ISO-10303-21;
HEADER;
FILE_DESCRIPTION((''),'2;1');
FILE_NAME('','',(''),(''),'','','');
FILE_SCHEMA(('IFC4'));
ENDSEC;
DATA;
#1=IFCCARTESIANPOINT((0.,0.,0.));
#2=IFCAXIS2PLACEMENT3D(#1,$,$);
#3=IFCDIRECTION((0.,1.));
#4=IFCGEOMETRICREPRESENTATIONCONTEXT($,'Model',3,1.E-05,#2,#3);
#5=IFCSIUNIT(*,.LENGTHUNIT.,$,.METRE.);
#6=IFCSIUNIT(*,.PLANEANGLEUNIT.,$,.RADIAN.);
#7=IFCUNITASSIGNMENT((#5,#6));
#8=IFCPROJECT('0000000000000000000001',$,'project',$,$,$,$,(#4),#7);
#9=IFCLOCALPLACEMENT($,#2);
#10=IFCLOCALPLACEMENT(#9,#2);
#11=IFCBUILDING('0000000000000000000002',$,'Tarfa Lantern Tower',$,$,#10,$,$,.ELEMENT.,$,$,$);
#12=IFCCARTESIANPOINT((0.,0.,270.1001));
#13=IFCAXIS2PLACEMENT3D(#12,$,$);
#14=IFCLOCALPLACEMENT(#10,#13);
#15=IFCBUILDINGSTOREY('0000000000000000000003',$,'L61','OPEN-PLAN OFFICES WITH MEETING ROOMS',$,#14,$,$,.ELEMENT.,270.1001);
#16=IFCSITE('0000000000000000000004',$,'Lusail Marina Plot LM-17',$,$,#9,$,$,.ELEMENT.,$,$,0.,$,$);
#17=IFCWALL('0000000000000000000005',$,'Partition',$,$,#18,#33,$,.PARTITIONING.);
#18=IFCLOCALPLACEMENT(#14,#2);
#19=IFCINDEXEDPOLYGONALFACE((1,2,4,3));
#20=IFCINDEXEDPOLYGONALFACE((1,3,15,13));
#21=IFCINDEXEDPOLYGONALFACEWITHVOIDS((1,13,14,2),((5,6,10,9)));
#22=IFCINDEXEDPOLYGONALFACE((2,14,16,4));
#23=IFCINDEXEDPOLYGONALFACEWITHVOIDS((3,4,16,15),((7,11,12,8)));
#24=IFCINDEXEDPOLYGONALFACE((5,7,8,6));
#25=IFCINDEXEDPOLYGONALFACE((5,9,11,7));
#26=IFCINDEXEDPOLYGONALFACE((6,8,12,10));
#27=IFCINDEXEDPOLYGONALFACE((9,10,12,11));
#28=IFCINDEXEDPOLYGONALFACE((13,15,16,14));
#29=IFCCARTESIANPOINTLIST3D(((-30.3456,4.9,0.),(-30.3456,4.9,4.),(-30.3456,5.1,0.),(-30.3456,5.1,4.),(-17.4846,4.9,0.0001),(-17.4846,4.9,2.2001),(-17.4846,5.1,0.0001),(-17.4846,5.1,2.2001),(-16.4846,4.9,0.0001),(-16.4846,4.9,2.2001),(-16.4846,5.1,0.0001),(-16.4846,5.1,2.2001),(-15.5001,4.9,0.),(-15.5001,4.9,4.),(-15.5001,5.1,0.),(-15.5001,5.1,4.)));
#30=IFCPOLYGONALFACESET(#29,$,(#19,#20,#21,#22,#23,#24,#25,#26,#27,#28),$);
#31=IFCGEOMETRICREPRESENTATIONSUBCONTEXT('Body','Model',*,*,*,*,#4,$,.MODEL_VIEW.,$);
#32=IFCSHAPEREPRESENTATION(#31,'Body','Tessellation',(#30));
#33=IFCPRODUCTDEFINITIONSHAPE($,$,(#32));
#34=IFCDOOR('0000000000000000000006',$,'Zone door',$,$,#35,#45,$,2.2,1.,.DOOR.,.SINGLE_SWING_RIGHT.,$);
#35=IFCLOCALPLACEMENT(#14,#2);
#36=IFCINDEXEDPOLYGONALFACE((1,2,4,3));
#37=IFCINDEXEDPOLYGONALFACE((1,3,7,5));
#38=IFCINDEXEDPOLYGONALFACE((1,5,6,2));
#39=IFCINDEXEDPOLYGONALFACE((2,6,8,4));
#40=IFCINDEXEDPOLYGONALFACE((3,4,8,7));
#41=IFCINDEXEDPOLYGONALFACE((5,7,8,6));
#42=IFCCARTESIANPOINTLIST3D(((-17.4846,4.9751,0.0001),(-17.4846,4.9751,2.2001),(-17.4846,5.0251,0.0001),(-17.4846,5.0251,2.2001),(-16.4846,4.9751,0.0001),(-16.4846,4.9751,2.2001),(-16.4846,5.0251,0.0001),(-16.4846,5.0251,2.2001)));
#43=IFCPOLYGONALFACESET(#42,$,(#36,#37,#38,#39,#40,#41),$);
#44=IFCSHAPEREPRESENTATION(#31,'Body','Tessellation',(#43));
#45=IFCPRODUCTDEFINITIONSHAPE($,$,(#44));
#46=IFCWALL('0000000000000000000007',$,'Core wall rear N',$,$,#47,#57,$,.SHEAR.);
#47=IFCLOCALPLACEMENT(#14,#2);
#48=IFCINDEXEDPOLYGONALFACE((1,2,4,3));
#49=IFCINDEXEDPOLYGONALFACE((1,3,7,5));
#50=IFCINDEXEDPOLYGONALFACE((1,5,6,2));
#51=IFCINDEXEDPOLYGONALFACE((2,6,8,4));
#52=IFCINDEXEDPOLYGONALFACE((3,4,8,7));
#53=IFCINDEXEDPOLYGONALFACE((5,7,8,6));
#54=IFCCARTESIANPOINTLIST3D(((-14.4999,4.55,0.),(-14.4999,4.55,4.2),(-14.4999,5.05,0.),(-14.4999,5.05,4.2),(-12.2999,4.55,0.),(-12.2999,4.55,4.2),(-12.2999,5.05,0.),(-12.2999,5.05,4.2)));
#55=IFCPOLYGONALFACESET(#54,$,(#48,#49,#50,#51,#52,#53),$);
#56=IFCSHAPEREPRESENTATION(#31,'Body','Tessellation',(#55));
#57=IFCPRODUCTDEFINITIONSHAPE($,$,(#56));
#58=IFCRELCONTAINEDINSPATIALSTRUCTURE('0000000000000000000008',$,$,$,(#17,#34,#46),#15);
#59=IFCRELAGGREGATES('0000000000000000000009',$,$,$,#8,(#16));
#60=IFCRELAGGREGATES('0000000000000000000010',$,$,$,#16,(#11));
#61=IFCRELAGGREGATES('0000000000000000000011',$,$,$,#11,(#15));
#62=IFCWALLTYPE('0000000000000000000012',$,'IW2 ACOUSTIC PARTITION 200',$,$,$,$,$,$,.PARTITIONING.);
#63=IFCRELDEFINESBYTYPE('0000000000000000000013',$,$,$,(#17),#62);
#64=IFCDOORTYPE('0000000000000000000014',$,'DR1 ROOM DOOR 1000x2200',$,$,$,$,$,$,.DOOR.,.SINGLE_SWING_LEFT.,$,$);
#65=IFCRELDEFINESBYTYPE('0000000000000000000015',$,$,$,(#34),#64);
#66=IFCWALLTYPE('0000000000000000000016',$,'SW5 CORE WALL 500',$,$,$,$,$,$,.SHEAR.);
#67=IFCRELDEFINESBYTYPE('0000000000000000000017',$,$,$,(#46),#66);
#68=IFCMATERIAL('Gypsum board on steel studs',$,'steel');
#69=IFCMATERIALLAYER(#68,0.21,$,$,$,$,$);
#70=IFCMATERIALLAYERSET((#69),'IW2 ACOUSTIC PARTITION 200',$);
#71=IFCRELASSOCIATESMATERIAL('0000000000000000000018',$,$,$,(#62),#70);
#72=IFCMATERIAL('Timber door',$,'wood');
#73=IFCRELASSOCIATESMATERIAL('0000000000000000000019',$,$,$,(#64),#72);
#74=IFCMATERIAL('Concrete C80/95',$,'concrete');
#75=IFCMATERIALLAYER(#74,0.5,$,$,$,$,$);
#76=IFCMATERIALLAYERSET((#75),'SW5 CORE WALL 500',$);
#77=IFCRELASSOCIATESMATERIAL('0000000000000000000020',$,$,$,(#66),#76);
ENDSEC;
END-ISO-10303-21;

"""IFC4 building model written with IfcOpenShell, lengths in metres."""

from ifc_helpers import new_model, si_unit, direction, frame, frame_2d, origin, place, context, subcontext, project, spatial, rectangle, extrude, material, layer, layer_set, type_object, element, fill, save


model = new_model("IFC4")

# Units and contexts
model_context = context("Model", 3, precision=1e-05, world=origin(), true_north=direction((0.0, 1.0)))
body_context = subcontext(model_context, "Body", "Model", "MODEL_VIEW")
ifc_project = project(units=[si_unit("LENGTHUNIT", "METRE"), si_unit("PLANEANGLEUNIT", "RADIAN")], contexts=[model_context])

# Site, building, storey
site_placement = place(None, origin())
site = spatial("IfcSite", under=ifc_project, at=site_placement, Name="Lusail Marina Plot LM-17", CompositionType="ELEMENT", RefElevation=0.0)
building_placement = place(site_placement, origin())
building = spatial("IfcBuilding", under=site, at=building_placement, Name="Tarfa Lantern Tower", CompositionType="ELEMENT")
storey_placement = place(building_placement, frame((0.0, 0.0, 270.1001)))
storey = spatial("IfcBuildingStorey", under=building, at=storey_placement, Name="L61", Description="OPEN-PLAN OFFICES WITH MEETING ROOMS", CompositionType="ELEMENT", Elevation=270.1001)

# Shared definitions
ifc_material_1 = material(Name="Concrete C80/95", Category="concrete")

# Shared definitions
ifc_material_2 = material(Name="Gypsum board on steel studs", Category="steel")
ifc_layer_1 = layer(ifc_material_2, 0.21)
ifc_layer_set_1 = layer_set([ifc_layer_1], Name="IW2 ACOUSTIC PARTITION 200")
wall_type_1 = type_object("IfcWallType", Name="IW2 ACOUSTIC PARTITION 200", PredefinedType="PARTITIONING", material=ifc_layer_set_1)

# Shared definitions
ifc_material_3 = material(Name="Timber door", Category="wood")

# Wall, opening, door
wall_1_placement = place(storey_placement, frame((-15.5, 5.0, 0.0), z_axis=(0.0, 0.0, 1.0), x_axis=(-1.0, 0.0, 0.0)))
wall_1 = element("IfcWall", 1, at=wall_1_placement, inside=storey, type_object=wall_type_1, Name="Partition", PredefinedType="PARTITIONING", context=body_context, shape_type="SweptSolid", body=[
    extrude(rectangle(XDim=14.8455, YDim=0.2, at=frame_2d((7.4229, 0.0))), origin(), (0.0, 0.0, 1.0), 4.0),
])
opening_1_placement = place(wall_1_placement, frame((0.9846, 0.0, 0.0)))
opening_1 = element("IfcOpeningElement", 2, at=opening_1_placement, cuts=wall_1, PredefinedType="OPENING", context=body_context, shape_type="SweptSolid", body=[
    extrude(rectangle(XDim=1.0, YDim=2.2, at=frame_2d((0.5, 1.1001))), frame((0.0, 0.1099, 0.0), z_axis=(0.0, -1.0, 0.0), x_axis=(1.0, 0.0, 0.0)), (0.0, 0.0, 1.0), 0.22),
])
door_type_1 = type_object("IfcDoorType", Name="DR1 ROOM DOOR 1000x2200", OperationType="SINGLE_SWING_LEFT", PredefinedType="DOOR", material=ifc_material_3)
door_1_placement = place(opening_1_placement, origin())
door_1 = element("IfcDoor", 3, at=door_1_placement, inside=storey, type_object=door_type_1, Name="Zone door", OperationType="SINGLE_SWING_RIGHT", OverallHeight=2.2, OverallWidth=1.0, PredefinedType="DOOR", context=body_context, shape_type="SweptSolid", body=[
    extrude(rectangle(XDim=1.0, YDim=2.2, at=frame_2d((0.5, 1.1001))), frame((0.0, 0.0249, 0.0), z_axis=(0.0, -1.0, 0.0), x_axis=(1.0, 0.0, 0.0)), (0.0, 0.0, 1.0), 0.05),
])
fill(opening_1, door_1)

# Wall
ifc_layer_2 = layer(ifc_material_1, 0.5)
ifc_layer_set_2 = layer_set([ifc_layer_2], Name="SW5 CORE WALL 500")
wall_type_2 = type_object("IfcWallType", Name="SW5 CORE WALL 500", PredefinedType="SHEAR", material=ifc_layer_set_2)
wall_2_placement = place(storey_placement, frame((-14.5, 4.8, 0.0), z_axis=(0.0, 0.0, 1.0), x_axis=(1.0, 0.0, 0.0)))
element("IfcWall", 4, at=wall_2_placement, inside=storey, type_object=wall_type_2, Name="Core wall rear N", PredefinedType="SHEAR", context=body_context, shape_type="SweptSolid", body=[
    extrude(rectangle(XDim=2.2, YDim=0.5, at=frame_2d((1.1001, 0.0))), origin(), (0.0, 0.0, 1.0), 4.2),
])

save(model, "model.ifc")
